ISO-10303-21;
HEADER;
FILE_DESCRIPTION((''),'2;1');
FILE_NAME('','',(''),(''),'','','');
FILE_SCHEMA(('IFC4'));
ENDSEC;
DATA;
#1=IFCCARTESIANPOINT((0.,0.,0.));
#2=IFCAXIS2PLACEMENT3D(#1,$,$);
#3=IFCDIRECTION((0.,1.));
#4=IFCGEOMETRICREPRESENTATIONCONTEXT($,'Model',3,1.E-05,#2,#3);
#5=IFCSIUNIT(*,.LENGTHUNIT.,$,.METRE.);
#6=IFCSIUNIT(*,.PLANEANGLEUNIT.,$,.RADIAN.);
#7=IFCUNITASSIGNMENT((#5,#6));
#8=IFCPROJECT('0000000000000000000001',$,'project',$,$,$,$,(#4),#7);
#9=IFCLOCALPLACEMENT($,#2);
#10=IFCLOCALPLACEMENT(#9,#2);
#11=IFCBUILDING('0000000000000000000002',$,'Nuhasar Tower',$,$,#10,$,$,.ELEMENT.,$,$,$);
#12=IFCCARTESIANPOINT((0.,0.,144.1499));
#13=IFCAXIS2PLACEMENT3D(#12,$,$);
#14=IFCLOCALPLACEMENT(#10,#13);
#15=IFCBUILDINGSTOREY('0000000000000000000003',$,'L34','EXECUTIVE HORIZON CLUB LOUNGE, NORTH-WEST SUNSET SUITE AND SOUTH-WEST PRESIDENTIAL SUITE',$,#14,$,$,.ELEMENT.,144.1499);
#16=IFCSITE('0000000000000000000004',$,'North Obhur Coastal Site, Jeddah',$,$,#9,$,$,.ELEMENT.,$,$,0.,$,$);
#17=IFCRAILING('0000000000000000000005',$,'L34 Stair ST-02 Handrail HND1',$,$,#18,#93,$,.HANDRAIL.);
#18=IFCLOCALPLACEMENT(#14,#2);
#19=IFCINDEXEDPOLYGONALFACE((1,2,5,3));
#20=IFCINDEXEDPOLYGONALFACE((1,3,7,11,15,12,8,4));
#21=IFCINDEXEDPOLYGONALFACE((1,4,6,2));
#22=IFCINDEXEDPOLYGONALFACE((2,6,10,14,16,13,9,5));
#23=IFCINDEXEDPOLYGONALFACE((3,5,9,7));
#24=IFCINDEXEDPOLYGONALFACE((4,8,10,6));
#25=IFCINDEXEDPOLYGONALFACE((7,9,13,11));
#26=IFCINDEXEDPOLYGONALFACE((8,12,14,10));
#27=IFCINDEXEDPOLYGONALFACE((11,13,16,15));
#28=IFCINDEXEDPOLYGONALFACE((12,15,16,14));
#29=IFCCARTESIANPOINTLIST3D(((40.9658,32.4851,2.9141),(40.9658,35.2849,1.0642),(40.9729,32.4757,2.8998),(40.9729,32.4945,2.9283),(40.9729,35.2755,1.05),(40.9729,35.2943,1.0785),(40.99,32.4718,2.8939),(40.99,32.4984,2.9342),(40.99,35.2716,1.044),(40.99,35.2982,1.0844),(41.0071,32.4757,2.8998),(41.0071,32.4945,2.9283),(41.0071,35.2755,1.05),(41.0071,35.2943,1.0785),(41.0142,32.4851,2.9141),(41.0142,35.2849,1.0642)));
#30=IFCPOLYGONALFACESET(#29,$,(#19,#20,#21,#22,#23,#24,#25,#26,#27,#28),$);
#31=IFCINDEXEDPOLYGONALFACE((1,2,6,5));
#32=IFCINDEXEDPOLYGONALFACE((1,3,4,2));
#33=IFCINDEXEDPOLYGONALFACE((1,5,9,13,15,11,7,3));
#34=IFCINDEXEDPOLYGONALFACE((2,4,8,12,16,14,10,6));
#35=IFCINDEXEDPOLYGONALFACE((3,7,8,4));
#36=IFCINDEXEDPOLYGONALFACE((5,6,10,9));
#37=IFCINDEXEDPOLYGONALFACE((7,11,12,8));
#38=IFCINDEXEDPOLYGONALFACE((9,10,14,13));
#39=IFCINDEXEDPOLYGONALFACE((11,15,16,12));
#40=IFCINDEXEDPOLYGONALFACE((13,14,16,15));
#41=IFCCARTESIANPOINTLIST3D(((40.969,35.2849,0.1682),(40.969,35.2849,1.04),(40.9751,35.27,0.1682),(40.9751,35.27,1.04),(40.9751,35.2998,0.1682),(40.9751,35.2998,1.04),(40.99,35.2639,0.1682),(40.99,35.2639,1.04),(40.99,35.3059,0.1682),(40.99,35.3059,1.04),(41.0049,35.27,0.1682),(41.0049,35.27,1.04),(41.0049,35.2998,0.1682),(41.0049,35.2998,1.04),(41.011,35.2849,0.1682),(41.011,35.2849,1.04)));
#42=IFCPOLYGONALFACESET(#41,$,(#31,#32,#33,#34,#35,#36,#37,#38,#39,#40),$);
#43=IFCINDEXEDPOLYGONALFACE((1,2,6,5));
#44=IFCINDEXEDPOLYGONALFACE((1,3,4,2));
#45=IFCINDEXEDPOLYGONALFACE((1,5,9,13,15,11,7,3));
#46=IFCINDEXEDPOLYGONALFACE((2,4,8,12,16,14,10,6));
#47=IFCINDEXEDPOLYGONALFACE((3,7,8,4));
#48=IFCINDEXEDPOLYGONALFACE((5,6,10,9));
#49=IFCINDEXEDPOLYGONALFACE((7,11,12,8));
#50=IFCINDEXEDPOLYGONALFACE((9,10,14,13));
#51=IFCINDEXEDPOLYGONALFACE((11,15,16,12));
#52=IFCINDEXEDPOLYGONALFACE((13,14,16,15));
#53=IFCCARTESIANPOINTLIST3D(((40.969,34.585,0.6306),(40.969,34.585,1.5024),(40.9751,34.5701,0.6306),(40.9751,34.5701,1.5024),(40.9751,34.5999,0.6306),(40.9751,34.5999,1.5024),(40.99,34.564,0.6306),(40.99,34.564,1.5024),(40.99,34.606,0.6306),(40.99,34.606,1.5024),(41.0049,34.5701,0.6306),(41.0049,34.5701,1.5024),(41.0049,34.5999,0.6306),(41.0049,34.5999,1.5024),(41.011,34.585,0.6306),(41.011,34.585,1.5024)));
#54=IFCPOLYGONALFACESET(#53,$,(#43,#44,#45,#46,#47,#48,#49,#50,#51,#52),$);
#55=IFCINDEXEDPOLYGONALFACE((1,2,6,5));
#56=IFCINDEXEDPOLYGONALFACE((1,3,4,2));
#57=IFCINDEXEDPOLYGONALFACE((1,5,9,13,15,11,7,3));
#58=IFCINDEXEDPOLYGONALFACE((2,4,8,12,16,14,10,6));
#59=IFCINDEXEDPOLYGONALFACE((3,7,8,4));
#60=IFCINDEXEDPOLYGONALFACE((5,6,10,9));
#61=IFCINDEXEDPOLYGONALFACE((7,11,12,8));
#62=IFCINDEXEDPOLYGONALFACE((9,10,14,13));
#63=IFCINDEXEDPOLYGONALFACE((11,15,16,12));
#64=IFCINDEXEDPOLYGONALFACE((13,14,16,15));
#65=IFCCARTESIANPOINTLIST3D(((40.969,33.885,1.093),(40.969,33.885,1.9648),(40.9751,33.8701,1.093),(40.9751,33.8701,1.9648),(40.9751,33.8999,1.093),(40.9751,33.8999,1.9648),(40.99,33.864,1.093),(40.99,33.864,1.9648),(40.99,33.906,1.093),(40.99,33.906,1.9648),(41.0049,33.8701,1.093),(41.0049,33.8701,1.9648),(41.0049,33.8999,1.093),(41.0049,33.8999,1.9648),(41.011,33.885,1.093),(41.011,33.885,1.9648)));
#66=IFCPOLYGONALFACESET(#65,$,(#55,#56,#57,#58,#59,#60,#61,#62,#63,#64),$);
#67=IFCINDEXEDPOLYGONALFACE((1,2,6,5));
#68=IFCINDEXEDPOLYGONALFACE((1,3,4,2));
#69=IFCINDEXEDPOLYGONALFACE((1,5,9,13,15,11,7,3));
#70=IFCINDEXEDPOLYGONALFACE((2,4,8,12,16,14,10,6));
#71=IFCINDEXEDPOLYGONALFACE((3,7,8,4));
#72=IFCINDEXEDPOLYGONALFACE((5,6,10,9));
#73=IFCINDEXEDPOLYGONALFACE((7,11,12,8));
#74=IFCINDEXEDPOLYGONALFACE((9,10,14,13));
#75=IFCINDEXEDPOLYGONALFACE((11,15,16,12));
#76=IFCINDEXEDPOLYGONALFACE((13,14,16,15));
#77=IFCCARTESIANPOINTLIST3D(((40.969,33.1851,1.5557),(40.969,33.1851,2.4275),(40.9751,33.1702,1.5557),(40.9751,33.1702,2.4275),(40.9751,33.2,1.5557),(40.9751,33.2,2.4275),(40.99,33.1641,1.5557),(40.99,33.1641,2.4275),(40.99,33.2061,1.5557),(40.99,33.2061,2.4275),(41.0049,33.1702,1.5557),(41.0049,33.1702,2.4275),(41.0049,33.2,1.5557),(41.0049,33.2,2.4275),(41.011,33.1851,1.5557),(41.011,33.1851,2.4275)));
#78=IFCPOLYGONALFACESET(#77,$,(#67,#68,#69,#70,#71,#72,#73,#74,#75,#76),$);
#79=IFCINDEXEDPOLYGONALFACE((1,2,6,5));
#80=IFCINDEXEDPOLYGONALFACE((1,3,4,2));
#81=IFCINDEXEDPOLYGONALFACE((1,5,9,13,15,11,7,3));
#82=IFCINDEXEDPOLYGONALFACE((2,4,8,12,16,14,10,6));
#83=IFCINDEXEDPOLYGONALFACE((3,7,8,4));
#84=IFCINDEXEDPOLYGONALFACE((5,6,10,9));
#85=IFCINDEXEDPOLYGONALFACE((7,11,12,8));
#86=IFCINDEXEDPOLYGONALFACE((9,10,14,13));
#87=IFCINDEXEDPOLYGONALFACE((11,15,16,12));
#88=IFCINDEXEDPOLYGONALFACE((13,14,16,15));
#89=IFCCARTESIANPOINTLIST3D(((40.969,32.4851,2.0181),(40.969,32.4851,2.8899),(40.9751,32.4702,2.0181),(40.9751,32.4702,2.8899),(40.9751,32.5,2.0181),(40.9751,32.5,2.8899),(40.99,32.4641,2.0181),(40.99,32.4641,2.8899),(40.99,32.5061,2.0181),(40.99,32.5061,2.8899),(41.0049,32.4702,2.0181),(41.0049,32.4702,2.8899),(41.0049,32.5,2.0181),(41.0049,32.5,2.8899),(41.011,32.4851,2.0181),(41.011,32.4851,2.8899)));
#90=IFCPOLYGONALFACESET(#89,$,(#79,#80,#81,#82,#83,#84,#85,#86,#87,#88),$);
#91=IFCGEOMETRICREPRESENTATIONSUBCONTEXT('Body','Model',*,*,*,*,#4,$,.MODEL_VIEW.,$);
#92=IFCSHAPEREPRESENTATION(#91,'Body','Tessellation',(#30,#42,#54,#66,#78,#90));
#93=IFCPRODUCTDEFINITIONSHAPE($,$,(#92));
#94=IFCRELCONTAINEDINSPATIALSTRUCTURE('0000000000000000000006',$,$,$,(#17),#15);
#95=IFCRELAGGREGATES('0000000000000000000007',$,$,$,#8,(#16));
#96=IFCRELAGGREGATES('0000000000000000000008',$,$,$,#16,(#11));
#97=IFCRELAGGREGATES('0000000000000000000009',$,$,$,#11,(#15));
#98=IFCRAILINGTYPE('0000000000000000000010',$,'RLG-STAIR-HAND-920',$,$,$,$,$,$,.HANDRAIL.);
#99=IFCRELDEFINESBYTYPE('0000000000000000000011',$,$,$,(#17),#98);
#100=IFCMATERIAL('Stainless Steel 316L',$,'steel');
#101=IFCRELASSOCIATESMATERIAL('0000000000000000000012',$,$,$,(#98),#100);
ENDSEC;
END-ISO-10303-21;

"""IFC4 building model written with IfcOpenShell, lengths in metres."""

from ifc_helpers import new_model, si_unit, direction, frame, origin, place, context, subcontext, project, spatial, polyline, outline, extrude, material, type_object, element, save


model = new_model("IFC4")

# Units and contexts
model_context = context("Model", 3, precision=1e-05, world=origin(), true_north=direction((0.0, 1.0)))
body_context = subcontext(model_context, "Body", "Model", "MODEL_VIEW")
ifc_project = project(units=[si_unit("LENGTHUNIT", "METRE"), si_unit("PLANEANGLEUNIT", "RADIAN")], contexts=[model_context])

# Site, building, storey
site_placement = place(None, origin())
site = spatial("IfcSite", under=ifc_project, at=site_placement, Name="North Obhur Coastal Site, Jeddah", CompositionType="ELEMENT", RefElevation=0.0)
building_placement = place(site_placement, origin())
building = spatial("IfcBuilding", under=site, at=building_placement, Name="Nuhasar Tower", CompositionType="ELEMENT")
storey_placement = place(building_placement, frame((0.0, 0.0, 144.1499)))
storey = spatial("IfcBuildingStorey", under=building, at=storey_placement, Name="L34", Description="EXECUTIVE HORIZON CLUB LOUNGE, NORTH-WEST SUNSET SUITE AND SOUTH-WEST PRESIDENTIAL SUITE", CompositionType="ELEMENT", Elevation=144.1499)

# Railing
ifc_material_1 = material(Name="Stainless Steel 316L", Category="steel")
railing_type_1 = type_object("IfcRailingType", Name="RLG-STAIR-HAND-920", PredefinedType="HANDRAIL", material=ifc_material_1)
railing_1_placement = place(storey_placement, frame((40.99, 35.2849, 0.1682)))
element("IfcRailing", 1, at=railing_1_placement, inside=storey, type_object=railing_type_1, Name="L34 Stair ST-02 Handrail HND1", PredefinedType="HANDRAIL", context=body_context, shape_type="SweptSolid", body=[
    extrude(outline(polyline([(0.0242, 0.0), (0.0171, 0.0171), (0.0, 0.0242), (-0.0171, 0.0171), (-0.0242, 0.0), (-0.0171, -0.0171), (0.0, -0.0242), (0.0171, -0.0171), (0.0242, 0.0)])), frame((0.0, 0.0, 0.896), z_axis=(0.0, -0.834338, 0.551254), x_axis=(1.0, 0.0, 0.0)), (0.0, 0.0, 1.0), 3.3557),
    extrude(outline(polyline([(0.021, 0.0), (0.0149, 0.0149), (0.0, 0.021), (-0.0149, 0.0149), (-0.021, 0.0), (-0.0149, -0.0149), (0.0, -0.021), (0.0149, -0.0149), (0.021, 0.0)])), origin(), (0.0, 0.0, 1.0), 0.8718),
    extrude(outline(polyline([(0.021, 0.0), (0.0149, 0.0149), (0.0, 0.021), (-0.0149, 0.0149), (-0.021, 0.0), (-0.0149, -0.0149), (0.0, -0.021), (0.0149, -0.0149), (0.021, 0.0)])), frame((0.0, -0.7, 0.4624)), (0.0, 0.0, 1.0), 0.8718),
    extrude(outline(polyline([(0.021, 0.0), (0.0149, 0.0149), (0.0, 0.021), (-0.0149, 0.0149), (-0.021, 0.0), (-0.0149, -0.0149), (0.0, -0.021), (0.0149, -0.0149), (0.021, 0.0)])), frame((0.0, -1.3999, 0.9248)), (0.0, 0.0, 1.0), 0.8718),
    extrude(outline(polyline([(0.021, 0.0), (0.0149, 0.0149), (0.0, 0.021), (-0.0149, 0.0149), (-0.021, 0.0), (-0.0149, -0.0149), (0.0, -0.021), (0.0149, -0.0149), (0.021, 0.0)])), frame((0.0, -2.0999, 1.3875)), (0.0, 0.0, 1.0), 0.8718),
    extrude(outline(polyline([(0.021, 0.0), (0.0149, 0.0149), (0.0, 0.021), (-0.0149, 0.0149), (-0.021, 0.0), (-0.0149, -0.0149), (0.0, -0.021), (0.0149, -0.0149), (0.021, 0.0)])), frame((0.0, -2.7998, 1.8499)), (0.0, 0.0, 1.0), 0.8718),
])

save(model, "model.ifc")
